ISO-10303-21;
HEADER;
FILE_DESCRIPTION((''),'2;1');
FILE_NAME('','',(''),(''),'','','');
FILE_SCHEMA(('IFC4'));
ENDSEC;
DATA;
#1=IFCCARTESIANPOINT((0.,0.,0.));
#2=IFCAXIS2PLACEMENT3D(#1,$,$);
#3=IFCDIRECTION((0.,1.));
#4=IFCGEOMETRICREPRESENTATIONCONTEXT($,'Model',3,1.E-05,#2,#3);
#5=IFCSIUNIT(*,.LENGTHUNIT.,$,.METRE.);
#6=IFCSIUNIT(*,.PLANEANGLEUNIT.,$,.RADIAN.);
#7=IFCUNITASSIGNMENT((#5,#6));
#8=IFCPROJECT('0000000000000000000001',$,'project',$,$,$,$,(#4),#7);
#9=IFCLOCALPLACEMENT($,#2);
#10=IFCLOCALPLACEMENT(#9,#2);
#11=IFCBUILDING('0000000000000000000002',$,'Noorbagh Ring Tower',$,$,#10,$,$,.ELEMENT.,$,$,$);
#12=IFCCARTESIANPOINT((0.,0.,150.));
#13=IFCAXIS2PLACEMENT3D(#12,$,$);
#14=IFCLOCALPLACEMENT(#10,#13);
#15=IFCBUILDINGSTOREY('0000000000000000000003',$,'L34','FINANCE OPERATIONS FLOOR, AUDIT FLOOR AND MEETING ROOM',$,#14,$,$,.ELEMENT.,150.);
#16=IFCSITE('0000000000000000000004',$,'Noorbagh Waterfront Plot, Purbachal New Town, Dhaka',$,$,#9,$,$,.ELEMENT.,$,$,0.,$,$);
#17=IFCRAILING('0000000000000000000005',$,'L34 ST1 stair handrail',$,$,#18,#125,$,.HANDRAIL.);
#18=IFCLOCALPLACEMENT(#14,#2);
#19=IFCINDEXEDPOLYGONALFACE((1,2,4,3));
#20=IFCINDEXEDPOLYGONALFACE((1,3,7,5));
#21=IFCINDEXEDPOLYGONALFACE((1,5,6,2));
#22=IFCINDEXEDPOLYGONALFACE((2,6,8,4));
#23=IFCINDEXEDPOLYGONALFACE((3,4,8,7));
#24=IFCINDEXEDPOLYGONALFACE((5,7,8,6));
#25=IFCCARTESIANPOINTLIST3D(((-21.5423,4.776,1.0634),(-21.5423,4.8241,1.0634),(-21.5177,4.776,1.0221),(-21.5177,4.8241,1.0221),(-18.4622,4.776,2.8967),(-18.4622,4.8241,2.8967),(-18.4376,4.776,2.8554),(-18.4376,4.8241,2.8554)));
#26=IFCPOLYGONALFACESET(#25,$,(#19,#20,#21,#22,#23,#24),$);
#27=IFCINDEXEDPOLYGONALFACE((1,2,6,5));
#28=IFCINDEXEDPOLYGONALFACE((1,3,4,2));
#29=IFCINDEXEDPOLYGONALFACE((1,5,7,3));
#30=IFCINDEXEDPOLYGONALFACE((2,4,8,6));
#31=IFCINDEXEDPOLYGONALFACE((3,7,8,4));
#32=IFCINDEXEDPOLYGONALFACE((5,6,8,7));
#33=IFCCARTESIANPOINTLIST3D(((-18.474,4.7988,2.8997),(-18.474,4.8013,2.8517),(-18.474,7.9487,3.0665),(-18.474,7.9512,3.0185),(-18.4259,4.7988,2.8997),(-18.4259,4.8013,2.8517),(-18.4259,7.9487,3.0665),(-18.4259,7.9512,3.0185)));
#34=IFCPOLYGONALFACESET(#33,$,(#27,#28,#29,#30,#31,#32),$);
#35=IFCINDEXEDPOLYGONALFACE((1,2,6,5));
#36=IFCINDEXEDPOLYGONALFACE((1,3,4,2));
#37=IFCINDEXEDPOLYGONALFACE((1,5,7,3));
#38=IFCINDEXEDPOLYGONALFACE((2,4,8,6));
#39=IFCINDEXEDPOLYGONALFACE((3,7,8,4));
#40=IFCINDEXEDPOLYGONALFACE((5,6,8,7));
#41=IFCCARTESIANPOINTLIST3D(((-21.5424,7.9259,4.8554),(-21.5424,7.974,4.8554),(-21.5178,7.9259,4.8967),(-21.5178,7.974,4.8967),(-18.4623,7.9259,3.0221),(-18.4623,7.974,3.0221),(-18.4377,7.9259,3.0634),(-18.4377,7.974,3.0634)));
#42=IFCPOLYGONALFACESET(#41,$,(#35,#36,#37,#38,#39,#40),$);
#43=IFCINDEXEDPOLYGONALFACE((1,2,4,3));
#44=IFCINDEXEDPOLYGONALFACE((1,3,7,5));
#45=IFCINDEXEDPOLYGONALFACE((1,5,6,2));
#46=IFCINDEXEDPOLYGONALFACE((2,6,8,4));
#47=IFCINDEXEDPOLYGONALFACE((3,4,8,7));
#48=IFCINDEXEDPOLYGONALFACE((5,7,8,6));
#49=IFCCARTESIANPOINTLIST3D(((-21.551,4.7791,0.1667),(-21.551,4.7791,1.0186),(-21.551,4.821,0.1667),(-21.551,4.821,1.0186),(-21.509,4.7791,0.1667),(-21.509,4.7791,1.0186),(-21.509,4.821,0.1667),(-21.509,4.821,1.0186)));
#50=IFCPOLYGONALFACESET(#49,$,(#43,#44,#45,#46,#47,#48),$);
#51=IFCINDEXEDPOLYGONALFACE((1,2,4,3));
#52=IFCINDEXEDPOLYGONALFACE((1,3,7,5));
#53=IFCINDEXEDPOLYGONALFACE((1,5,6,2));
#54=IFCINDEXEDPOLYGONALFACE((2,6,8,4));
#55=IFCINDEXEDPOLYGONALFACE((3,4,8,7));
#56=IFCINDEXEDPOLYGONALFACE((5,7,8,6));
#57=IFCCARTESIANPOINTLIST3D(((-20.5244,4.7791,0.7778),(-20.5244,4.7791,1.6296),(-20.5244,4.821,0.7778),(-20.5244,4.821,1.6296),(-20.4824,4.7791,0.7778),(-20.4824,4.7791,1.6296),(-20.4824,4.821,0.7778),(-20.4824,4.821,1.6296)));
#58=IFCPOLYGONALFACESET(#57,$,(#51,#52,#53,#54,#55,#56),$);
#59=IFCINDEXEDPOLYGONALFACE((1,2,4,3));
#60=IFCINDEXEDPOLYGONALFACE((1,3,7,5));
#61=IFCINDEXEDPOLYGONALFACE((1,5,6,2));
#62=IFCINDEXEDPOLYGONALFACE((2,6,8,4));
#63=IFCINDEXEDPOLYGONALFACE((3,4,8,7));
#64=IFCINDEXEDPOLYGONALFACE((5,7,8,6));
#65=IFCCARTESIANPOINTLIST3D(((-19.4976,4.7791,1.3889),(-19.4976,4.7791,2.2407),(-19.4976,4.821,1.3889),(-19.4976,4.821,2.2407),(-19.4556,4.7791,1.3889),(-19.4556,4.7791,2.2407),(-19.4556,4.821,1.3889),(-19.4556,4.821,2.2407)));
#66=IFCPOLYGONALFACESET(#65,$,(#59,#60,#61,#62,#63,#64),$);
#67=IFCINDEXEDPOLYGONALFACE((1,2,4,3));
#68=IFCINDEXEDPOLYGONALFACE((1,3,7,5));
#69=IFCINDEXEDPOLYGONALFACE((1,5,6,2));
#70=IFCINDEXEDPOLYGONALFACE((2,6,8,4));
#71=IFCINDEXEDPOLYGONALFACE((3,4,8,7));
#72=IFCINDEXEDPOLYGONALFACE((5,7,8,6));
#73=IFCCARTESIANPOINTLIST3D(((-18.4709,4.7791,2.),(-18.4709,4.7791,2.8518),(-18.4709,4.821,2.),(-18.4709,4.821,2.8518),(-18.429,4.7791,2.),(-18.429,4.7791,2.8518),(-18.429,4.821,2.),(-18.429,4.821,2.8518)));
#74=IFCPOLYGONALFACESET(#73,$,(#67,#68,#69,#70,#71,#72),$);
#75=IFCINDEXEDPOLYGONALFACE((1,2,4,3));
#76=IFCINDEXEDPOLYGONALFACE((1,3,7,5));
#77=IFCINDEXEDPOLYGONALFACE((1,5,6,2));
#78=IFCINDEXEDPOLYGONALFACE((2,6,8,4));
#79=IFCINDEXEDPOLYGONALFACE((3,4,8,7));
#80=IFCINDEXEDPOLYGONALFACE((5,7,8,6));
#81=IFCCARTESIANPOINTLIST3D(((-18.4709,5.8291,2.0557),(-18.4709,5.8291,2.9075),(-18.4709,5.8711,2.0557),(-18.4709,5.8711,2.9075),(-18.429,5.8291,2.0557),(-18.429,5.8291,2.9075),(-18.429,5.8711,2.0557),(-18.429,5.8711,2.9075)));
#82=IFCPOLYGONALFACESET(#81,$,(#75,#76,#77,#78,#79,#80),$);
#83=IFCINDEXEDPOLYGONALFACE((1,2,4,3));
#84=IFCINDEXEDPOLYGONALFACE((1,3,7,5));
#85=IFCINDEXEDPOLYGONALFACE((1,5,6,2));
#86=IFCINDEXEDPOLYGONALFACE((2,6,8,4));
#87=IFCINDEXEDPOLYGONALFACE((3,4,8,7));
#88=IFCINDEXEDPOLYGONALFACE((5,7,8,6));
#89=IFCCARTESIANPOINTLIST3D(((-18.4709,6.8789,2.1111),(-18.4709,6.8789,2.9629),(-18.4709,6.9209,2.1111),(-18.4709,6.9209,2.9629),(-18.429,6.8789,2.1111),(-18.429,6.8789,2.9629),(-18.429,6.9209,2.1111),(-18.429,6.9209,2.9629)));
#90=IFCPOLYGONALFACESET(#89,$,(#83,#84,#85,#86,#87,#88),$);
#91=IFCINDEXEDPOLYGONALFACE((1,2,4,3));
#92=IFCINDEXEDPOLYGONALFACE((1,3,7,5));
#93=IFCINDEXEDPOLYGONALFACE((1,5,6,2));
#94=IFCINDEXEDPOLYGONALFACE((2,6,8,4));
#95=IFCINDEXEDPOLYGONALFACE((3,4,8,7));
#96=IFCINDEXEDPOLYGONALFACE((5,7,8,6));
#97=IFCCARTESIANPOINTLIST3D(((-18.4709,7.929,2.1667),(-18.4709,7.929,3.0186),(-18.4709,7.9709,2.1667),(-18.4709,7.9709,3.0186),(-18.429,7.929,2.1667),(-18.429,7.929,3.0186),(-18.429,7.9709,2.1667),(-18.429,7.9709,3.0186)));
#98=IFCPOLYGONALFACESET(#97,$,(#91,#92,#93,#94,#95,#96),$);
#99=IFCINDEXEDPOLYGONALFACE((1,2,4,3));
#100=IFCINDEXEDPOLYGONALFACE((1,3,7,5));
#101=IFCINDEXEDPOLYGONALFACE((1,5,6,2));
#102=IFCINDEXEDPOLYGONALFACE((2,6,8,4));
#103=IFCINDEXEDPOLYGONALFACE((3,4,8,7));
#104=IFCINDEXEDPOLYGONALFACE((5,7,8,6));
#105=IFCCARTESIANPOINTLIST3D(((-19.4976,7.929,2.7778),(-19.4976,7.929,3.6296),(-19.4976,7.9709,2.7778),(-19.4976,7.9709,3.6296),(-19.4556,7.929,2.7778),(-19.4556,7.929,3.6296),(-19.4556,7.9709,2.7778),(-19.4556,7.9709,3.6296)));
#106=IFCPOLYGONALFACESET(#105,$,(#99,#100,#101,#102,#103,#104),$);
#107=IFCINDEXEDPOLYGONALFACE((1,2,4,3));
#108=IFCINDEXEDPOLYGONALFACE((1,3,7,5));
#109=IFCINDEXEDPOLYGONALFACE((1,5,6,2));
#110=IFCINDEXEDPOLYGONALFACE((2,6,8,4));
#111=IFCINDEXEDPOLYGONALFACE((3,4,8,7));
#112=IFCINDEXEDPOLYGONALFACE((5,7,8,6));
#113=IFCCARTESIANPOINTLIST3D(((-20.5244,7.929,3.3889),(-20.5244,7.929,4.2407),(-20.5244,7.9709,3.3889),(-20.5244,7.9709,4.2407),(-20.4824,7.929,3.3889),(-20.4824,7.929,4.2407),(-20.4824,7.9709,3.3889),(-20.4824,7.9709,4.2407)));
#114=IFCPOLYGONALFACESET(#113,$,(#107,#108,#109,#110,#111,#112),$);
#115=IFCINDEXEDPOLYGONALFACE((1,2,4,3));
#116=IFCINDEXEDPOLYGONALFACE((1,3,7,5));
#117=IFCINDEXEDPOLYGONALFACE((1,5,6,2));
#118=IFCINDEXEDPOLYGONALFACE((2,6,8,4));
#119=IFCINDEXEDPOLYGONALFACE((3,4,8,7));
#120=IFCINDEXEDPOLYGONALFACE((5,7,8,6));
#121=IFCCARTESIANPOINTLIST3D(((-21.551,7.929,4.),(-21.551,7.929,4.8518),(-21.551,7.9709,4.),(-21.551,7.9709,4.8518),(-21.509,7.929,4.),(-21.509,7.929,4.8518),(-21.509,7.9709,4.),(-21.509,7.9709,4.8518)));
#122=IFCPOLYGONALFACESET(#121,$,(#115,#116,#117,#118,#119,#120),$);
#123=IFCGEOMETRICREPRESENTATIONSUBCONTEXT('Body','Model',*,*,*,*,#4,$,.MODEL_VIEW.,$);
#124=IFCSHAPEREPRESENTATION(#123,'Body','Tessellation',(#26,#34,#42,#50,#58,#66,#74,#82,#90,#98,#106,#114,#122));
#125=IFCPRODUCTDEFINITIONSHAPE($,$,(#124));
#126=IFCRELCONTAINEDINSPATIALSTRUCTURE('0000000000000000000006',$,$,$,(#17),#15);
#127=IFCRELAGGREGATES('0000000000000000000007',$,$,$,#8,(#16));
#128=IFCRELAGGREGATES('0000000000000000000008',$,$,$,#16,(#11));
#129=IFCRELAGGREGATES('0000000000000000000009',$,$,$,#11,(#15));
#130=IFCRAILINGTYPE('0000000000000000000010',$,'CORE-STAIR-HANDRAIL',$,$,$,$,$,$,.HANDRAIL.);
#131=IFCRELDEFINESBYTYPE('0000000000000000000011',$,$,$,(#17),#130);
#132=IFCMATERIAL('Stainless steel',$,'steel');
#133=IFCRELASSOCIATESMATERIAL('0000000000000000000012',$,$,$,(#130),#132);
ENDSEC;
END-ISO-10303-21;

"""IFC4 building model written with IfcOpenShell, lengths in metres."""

from ifc_helpers import new_model, si_unit, direction, frame, origin, origin_2d, place, context, subcontext, project, spatial, rectangle, extrude, material, type_object, element, save


model = new_model("IFC4")

# Units and contexts
model_context = context("Model", 3, precision=1e-05, world=origin(), true_north=direction((0.0, 1.0)))
body_context = subcontext(model_context, "Body", "Model", "MODEL_VIEW")
ifc_project = project(units=[si_unit("LENGTHUNIT", "METRE"), si_unit("PLANEANGLEUNIT", "RADIAN")], contexts=[model_context])

# Site, building, storey
site_placement = place(None, origin())
site = spatial("IfcSite", under=ifc_project, at=site_placement, Name="Noorbagh Waterfront Plot, Purbachal New Town, Dhaka", CompositionType="ELEMENT", RefElevation=0.0)
building_placement = place(site_placement, origin())
building = spatial("IfcBuilding", under=site, at=building_placement, Name="Noorbagh Ring Tower", CompositionType="ELEMENT")
storey_placement = place(building_placement, frame((0.0, 0.0, 150.0)))
storey = spatial("IfcBuildingStorey", under=building, at=storey_placement, Name="L34", Description="FINANCE OPERATIONS FLOOR, AUDIT FLOOR AND MEETING ROOM", CompositionType="ELEMENT", Elevation=150.0)

# Railing
ifc_material_1 = material(Name="Stainless steel", Category="steel")
railing_type_1 = type_object("IfcRailingType", Name="CORE-STAIR-HANDRAIL", PredefinedType="HANDRAIL", material=ifc_material_1)
railing_1_placement = place(storey_placement, frame((-21.53, 4.8, 0.1667)))
element("IfcRailing", 1, at=railing_1_placement, inside=storey, type_object=railing_type_1, Name="L34 ST1 stair handrail", PredefinedType="HANDRAIL", context=body_context, shape_type="SweptSolid", body=[
    extrude(rectangle(XDim=0.0481, YDim=0.0481, at=origin_2d()), frame((0.0, 0.0, 0.876), z_axis=(0.859309, 0.0, 0.511458), x_axis=(0.0, 1.0, 0.0)), (0.0, 0.0, 1.0), 3.5845),
    extrude(rectangle(XDim=0.0481, YDim=0.0481, at=origin_2d()), frame((3.0801, 0.0, 2.709), z_axis=(0.0, 0.998602, 0.052864), x_axis=(-1.0, 0.0, 0.0)), (0.0, 0.0, 1.0), 3.1543),
    extrude(rectangle(XDim=0.0481, YDim=0.0481, at=origin_2d()), frame((3.0801, 3.1499, 2.876), z_axis=(-0.859309, 0.0, 0.511458), x_axis=(0.0, -1.0, 0.0)), (0.0, 0.0, 1.0), 3.5845),
    extrude(rectangle(XDim=0.042, YDim=0.042, at=origin_2d()), origin(), (0.0, 0.0, 1.0), 0.8518),
    extrude(rectangle(XDim=0.042, YDim=0.042, at=origin_2d()), frame((1.0266, 0.0, 0.6111)), (0.0, 0.0, 1.0), 0.8518),
    extrude(rectangle(XDim=0.042, YDim=0.042, at=origin_2d()), frame((2.0535, 0.0, 1.2222)), (0.0, 0.0, 1.0), 0.8518),
    extrude(rectangle(XDim=0.042, YDim=0.042, at=origin_2d()), frame((3.0801, 0.0, 1.8333)), (0.0, 0.0, 1.0), 0.8518),
    extrude(rectangle(XDim=0.042, YDim=0.042, at=origin_2d()), frame((3.0801, 1.05, 1.8889)), (0.0, 0.0, 1.0), 0.8518),
    extrude(rectangle(XDim=0.042, YDim=0.042, at=origin_2d()), frame((3.0801, 2.0999, 1.9443)), (0.0, 0.0, 1.0), 0.8518),
    extrude(rectangle(XDim=0.042, YDim=0.042, at=origin_2d()), frame((3.0801, 3.1499, 2.0)), (0.0, 0.0, 1.0), 0.8518),
    extrude(rectangle(XDim=0.042, YDim=0.042, at=origin_2d()), frame((2.0535, 3.1499, 2.6111)), (0.0, 0.0, 1.0), 0.8518),
    extrude(rectangle(XDim=0.042, YDim=0.042, at=origin_2d()), frame((1.0266, 3.1499, 3.2222)), (0.0, 0.0, 1.0), 0.8518),
    extrude(rectangle(XDim=0.042, YDim=0.042, at=origin_2d()), frame((0.0, 3.1499, 3.8333)), (0.0, 0.0, 1.0), 0.8518),
])

save(model, "model.ifc")
